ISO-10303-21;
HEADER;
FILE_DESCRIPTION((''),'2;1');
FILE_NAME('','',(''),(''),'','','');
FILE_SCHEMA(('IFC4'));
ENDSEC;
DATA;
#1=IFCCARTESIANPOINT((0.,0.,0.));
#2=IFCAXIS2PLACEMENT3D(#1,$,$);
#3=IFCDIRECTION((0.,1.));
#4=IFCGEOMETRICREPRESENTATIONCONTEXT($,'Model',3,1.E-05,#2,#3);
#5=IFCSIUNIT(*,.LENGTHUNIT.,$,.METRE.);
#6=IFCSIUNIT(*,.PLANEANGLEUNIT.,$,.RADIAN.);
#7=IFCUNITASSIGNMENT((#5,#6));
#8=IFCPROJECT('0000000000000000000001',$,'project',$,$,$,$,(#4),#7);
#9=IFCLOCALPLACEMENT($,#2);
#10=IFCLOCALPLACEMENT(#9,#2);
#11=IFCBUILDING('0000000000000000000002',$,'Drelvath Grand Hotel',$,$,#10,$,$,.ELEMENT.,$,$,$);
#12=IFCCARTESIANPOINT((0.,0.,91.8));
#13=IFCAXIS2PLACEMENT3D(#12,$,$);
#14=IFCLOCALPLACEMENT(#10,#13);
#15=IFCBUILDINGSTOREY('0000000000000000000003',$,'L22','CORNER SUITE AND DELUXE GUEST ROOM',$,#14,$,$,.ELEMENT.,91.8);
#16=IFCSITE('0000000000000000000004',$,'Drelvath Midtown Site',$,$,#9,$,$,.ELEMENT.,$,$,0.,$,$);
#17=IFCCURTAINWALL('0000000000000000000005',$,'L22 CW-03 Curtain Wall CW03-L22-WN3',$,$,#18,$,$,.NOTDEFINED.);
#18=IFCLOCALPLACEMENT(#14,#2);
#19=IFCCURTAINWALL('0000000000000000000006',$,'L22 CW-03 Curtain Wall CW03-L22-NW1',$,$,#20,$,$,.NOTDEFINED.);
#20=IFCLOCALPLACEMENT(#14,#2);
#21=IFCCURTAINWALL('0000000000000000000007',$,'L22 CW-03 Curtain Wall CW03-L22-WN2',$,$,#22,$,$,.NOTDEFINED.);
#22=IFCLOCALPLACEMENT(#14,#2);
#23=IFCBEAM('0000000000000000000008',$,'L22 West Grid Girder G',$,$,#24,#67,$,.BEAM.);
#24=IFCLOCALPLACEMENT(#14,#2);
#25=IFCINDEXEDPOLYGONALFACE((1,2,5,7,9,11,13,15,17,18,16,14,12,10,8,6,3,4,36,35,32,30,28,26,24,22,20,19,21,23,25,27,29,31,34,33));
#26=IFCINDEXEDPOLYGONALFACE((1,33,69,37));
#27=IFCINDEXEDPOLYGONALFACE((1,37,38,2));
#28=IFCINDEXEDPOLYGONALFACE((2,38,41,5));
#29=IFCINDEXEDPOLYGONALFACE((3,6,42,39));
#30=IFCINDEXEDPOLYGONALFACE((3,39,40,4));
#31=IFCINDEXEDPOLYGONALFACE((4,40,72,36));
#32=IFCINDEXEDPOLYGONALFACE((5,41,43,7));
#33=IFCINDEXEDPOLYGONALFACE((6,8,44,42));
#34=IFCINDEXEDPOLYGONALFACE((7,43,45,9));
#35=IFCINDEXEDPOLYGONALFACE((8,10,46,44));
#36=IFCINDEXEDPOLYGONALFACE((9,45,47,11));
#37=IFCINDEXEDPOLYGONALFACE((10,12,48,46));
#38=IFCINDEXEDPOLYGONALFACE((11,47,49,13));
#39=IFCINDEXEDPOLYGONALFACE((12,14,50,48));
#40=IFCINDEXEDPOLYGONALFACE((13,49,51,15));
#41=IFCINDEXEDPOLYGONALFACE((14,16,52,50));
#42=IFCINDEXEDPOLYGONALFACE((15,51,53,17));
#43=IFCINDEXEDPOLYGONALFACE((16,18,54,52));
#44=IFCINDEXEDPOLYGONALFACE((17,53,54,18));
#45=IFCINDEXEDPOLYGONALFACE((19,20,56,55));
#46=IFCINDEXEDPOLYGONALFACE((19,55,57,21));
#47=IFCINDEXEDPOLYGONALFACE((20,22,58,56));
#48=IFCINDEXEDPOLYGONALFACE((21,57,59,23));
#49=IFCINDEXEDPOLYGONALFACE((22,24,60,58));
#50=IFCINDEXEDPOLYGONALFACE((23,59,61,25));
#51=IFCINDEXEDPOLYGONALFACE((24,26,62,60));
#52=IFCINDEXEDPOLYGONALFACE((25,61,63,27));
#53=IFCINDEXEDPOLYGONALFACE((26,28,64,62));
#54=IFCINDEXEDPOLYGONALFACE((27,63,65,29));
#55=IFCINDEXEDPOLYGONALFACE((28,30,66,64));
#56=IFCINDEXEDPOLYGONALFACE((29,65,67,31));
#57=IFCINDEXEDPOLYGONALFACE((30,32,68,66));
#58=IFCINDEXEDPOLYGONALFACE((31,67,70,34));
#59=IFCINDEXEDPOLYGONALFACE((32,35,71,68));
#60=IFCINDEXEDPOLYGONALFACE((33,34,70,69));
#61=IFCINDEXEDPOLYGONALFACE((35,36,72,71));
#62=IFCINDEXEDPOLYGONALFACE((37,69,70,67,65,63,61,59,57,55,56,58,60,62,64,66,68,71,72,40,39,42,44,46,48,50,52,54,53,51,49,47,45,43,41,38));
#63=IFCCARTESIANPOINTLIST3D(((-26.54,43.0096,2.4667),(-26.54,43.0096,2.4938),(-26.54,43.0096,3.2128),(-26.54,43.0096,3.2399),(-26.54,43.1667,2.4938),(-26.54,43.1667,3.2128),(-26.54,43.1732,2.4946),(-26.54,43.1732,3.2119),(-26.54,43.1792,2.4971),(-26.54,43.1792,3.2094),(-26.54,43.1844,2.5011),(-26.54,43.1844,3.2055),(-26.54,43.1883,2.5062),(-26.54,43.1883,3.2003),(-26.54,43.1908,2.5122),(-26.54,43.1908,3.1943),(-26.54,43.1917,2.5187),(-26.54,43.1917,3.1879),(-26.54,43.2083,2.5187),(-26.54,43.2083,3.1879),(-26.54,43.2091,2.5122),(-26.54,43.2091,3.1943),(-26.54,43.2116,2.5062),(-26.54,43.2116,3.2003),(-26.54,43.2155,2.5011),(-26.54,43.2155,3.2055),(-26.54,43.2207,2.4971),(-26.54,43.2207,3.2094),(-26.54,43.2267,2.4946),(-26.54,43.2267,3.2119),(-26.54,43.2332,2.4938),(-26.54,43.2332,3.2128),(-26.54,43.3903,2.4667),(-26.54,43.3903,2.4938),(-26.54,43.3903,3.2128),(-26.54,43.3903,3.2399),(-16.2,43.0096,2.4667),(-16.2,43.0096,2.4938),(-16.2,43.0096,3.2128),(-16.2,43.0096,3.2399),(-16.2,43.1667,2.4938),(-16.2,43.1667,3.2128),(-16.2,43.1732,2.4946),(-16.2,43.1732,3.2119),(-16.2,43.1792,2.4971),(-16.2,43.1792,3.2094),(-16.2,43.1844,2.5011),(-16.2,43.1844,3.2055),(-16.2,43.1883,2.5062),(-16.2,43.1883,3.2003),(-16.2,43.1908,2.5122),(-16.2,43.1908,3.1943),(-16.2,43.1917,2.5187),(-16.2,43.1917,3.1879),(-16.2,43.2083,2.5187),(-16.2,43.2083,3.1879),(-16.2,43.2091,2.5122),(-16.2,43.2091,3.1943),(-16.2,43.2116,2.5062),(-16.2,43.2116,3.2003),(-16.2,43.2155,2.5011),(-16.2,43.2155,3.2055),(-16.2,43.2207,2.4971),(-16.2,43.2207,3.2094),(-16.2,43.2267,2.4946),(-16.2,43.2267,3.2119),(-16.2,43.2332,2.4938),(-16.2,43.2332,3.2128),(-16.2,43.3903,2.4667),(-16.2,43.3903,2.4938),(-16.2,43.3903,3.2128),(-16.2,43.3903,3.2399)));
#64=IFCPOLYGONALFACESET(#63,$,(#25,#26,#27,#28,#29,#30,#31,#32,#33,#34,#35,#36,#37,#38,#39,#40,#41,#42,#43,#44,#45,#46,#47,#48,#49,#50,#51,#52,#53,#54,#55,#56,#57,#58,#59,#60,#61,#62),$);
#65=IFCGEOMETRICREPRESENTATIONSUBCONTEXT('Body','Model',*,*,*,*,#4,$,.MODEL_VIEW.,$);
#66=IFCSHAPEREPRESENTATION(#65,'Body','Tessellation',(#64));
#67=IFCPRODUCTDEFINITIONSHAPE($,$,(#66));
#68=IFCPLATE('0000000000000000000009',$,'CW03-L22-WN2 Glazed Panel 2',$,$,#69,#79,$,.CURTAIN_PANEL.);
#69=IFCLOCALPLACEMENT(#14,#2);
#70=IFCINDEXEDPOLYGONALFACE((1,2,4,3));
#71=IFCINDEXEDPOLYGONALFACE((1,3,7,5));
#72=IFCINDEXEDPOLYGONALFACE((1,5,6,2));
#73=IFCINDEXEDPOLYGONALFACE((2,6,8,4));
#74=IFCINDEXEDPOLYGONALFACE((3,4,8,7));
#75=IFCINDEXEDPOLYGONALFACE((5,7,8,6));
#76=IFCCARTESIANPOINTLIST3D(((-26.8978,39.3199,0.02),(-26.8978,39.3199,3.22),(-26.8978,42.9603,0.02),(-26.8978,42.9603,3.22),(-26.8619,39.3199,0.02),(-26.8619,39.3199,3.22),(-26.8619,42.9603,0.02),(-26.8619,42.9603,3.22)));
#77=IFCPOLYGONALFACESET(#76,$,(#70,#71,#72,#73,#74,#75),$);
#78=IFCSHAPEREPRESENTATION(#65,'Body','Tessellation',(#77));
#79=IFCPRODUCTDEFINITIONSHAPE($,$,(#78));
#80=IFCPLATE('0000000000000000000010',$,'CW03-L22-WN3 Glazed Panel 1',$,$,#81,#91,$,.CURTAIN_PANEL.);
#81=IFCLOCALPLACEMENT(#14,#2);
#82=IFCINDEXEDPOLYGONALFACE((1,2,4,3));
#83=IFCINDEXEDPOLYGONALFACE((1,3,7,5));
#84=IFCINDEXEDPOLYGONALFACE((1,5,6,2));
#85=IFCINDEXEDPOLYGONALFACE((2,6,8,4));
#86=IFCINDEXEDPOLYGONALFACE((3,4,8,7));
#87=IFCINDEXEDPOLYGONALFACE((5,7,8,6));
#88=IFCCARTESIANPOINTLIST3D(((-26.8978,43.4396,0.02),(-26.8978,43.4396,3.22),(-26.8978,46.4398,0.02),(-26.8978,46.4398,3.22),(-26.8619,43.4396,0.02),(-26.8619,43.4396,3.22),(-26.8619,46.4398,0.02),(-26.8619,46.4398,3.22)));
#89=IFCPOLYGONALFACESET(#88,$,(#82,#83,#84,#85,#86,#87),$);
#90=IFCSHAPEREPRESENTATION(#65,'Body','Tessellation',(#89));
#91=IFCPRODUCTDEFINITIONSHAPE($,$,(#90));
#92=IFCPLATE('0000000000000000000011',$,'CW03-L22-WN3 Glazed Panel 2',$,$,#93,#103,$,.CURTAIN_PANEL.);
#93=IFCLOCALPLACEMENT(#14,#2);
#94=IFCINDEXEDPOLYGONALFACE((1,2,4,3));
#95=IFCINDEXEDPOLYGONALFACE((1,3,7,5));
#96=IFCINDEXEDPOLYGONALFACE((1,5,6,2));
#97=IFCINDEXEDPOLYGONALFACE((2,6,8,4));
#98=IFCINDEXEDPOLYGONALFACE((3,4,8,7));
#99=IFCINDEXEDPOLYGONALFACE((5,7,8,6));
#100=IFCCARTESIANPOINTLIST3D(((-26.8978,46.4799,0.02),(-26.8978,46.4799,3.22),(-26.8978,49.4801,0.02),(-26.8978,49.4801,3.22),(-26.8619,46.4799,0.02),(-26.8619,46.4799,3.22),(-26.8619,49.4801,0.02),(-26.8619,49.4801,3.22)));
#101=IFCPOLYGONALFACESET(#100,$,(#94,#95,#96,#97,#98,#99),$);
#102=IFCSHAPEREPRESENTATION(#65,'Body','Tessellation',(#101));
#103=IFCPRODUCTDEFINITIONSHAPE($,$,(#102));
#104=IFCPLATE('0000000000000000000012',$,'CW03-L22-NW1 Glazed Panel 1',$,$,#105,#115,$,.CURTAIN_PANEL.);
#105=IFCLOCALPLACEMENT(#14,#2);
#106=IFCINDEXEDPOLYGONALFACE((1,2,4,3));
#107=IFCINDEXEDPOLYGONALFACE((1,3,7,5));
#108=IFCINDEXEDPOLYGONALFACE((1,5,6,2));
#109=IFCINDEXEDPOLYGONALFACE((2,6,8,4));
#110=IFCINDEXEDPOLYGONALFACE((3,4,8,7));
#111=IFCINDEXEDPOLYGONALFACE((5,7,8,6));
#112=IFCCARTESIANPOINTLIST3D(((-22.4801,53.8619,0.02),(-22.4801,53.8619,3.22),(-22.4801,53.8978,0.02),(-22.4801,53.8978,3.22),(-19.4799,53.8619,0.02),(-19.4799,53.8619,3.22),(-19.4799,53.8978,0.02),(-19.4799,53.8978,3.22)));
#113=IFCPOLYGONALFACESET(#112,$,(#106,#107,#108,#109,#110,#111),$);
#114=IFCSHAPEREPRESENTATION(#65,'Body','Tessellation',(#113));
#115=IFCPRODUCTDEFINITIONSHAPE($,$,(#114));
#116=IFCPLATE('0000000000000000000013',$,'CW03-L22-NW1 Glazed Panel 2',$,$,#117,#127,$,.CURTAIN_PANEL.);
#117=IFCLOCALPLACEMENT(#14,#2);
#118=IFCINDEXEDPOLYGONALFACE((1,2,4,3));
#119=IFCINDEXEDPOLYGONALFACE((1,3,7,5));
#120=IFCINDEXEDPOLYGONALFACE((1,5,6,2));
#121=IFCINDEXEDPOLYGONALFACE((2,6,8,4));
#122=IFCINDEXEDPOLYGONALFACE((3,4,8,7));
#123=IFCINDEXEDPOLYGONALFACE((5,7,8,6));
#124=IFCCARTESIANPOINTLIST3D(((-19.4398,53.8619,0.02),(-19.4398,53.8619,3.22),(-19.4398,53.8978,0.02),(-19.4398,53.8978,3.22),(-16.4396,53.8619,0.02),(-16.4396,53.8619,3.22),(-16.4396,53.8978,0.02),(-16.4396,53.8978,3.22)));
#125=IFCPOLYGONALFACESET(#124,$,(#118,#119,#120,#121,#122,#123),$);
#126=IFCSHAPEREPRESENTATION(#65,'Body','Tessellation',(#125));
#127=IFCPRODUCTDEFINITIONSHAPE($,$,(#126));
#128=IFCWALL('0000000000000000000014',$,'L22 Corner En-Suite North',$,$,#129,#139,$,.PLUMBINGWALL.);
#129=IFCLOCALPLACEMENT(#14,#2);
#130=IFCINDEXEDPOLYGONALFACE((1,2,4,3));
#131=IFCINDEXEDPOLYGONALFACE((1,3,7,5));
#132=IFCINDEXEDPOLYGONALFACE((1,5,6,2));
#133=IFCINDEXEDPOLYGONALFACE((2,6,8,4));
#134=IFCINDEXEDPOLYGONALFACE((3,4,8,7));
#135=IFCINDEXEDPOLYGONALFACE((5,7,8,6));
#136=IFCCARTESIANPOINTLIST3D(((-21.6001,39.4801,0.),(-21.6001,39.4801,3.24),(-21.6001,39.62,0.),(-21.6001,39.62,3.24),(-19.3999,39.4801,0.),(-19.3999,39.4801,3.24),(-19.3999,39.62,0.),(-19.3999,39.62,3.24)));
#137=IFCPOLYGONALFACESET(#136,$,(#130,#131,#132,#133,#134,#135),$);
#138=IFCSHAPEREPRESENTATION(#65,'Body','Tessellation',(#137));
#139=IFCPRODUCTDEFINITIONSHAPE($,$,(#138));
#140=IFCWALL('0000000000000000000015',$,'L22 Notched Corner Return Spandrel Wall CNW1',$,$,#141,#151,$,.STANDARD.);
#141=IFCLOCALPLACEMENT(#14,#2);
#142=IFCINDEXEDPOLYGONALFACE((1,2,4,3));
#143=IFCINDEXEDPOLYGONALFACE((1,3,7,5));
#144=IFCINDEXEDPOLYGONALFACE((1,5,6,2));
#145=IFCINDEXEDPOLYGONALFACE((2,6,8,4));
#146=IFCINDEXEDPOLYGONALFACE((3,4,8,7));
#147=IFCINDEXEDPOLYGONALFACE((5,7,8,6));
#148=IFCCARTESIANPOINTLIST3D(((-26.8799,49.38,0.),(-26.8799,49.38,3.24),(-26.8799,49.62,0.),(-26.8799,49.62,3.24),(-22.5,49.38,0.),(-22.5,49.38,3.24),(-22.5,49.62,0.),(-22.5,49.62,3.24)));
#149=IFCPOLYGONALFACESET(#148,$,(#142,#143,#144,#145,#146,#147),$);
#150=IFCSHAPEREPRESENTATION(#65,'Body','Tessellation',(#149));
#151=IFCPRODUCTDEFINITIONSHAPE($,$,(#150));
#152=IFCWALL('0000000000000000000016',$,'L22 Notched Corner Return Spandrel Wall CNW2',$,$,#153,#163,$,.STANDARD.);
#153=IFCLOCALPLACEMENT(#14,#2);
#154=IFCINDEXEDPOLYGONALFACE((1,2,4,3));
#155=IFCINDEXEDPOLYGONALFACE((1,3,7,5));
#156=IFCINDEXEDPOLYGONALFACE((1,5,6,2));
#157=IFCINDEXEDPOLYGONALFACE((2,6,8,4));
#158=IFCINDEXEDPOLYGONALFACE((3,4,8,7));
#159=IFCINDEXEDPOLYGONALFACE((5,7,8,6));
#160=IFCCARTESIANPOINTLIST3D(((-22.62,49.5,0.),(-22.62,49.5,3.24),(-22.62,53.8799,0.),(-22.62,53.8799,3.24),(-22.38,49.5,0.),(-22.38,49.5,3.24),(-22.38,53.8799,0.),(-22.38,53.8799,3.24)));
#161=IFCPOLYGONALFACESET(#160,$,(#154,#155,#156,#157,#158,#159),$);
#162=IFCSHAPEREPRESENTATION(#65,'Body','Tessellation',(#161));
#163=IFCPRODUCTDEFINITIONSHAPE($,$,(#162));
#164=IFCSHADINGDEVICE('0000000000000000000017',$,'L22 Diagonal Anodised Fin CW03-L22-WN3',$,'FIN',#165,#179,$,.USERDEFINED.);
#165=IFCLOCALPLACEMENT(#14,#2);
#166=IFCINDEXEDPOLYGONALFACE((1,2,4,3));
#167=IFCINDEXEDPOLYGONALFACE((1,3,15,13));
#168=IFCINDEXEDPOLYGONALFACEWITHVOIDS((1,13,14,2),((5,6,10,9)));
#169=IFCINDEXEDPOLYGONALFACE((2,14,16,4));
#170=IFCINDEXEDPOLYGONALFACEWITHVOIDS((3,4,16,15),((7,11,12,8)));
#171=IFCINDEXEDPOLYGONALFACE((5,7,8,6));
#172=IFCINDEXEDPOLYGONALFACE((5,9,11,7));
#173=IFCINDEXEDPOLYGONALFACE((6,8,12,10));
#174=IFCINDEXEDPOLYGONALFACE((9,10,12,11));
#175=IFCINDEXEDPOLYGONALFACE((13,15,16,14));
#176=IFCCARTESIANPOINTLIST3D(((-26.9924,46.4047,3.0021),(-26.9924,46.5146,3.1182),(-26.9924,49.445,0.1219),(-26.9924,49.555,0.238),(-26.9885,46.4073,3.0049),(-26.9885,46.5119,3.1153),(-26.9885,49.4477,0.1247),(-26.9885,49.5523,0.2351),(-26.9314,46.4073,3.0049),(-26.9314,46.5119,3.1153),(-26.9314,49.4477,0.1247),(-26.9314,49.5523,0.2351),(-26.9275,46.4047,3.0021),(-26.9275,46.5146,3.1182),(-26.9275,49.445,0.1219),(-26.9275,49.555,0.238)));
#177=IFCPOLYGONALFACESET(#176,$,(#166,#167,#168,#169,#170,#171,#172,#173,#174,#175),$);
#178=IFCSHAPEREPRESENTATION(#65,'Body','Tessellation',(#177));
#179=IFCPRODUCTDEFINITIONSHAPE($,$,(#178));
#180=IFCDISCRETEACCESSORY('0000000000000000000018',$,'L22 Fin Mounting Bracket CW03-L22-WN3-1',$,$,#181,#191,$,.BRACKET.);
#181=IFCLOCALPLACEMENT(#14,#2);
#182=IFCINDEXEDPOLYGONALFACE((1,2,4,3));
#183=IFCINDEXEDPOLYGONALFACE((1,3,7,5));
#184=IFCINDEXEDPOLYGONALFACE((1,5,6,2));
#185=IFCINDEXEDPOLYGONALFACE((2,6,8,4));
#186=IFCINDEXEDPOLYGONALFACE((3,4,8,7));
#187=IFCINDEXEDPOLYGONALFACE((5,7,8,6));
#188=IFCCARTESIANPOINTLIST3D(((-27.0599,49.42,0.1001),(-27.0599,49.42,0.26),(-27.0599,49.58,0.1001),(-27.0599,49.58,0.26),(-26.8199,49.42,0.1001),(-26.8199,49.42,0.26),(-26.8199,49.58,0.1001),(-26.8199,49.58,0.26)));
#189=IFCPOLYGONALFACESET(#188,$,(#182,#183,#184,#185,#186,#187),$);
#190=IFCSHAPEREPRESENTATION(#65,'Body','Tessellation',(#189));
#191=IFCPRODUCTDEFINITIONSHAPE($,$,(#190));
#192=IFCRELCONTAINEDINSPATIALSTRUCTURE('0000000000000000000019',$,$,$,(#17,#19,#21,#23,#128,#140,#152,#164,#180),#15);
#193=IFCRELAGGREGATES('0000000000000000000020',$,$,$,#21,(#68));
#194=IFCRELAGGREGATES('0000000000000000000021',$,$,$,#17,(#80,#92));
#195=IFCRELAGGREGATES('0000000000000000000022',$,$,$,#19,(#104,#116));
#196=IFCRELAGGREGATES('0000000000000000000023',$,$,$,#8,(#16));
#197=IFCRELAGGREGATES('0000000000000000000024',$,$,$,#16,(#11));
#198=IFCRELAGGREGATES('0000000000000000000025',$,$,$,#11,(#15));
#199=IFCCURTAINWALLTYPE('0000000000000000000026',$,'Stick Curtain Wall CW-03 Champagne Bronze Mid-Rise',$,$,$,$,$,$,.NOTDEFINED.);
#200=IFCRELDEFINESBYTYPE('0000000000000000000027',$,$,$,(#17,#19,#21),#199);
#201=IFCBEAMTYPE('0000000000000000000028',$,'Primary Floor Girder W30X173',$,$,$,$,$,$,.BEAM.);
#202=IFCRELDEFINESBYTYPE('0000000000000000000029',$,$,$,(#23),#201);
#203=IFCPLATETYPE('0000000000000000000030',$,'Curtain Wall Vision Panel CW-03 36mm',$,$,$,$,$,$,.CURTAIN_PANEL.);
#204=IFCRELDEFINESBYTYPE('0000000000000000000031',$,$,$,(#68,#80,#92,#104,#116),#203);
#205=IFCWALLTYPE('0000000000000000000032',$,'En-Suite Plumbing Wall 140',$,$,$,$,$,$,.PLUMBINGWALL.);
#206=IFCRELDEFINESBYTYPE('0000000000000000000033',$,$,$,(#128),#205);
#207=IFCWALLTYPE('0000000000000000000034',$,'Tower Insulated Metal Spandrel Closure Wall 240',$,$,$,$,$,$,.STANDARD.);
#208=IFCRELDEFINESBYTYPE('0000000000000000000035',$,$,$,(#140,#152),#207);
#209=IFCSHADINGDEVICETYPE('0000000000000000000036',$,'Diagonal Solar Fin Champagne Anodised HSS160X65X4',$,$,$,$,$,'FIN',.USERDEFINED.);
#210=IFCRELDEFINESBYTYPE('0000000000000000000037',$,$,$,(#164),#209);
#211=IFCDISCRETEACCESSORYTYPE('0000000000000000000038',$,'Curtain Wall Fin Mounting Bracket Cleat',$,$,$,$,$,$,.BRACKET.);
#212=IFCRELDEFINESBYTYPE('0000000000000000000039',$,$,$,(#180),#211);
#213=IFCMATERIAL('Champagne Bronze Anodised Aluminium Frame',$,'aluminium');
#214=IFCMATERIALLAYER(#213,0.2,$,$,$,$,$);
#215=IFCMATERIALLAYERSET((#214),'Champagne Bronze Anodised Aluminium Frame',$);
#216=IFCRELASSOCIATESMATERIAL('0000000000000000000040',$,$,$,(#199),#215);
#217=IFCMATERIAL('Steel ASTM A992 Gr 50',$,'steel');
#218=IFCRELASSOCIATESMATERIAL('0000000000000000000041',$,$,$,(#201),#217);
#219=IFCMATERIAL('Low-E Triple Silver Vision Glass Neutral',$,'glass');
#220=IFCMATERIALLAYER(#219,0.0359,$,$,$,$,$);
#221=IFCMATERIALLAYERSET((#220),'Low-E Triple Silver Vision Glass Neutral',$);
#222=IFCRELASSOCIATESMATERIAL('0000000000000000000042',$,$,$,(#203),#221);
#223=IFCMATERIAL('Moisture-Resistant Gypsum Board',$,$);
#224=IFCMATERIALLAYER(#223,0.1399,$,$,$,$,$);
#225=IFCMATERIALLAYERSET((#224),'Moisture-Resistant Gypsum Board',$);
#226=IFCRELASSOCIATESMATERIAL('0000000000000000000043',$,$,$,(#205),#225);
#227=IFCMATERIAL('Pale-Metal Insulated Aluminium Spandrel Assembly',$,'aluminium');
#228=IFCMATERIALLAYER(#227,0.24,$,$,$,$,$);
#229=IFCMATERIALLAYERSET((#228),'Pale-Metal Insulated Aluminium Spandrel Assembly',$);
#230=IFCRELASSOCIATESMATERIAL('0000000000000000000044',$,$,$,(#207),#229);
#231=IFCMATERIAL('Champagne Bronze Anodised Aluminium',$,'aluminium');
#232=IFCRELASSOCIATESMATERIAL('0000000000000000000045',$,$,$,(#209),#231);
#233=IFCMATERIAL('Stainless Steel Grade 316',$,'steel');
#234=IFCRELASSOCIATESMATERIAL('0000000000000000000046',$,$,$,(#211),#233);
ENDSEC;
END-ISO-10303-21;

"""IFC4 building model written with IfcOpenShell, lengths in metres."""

from ifc_helpers import new_model, si_unit, direction, frame, frame_2d, origin, origin_2d, place, context, subcontext, project, spatial, rectangle, hollow_rectangle, i_section, extrude, material, layer, layer_set, material_profile, profile_set, type_object, element, aggregate, save


model = new_model("IFC4")

# Units and contexts
model_context = context("Model", 3, precision=1e-05, world=origin(), true_north=direction((0.0, 1.0)))
body_context = subcontext(model_context, "Body", "Model", "MODEL_VIEW")
ifc_project = project(units=[si_unit("LENGTHUNIT", "METRE"), si_unit("PLANEANGLEUNIT", "RADIAN")], contexts=[model_context])

# Site, building, storey
site_placement = place(None, origin())
site = spatial("IfcSite", under=ifc_project, at=site_placement, Name="Drelvath Midtown Site", CompositionType="ELEMENT", RefElevation=0.0)
building_placement = place(site_placement, origin())
building = spatial("IfcBuilding", under=site, at=building_placement, Name="Drelvath Grand Hotel", CompositionType="ELEMENT")
storey_placement = place(building_placement, frame((0.0, 0.0, 91.8)))
storey = spatial("IfcBuildingStorey", under=building, at=storey_placement, Name="L22", Description="CORNER SUITE AND DELUXE GUEST ROOM", CompositionType="ELEMENT", Elevation=91.8)

# Shared definitions
ifc_material_1 = material(Name="Steel ASTM A992 Gr 50", Category="steel")

# Curtain walls
ifc_material_2 = material(Name="Champagne Bronze Anodised Aluminium Frame", Category="aluminium")
ifc_layer_1 = layer(ifc_material_2, 0.2)
ifc_layer_set_1 = layer_set([ifc_layer_1], Name="Champagne Bronze Anodised Aluminium Frame")
curtain_wall_type = type_object("IfcCurtainWallType", Name="Stick Curtain Wall CW-03 Champagne Bronze Mid-Rise", PredefinedType="NOTDEFINED", material=ifc_layer_set_1)
curtain_wall_1_placement = place(storey_placement, origin())
curtain_wall_1 = element("IfcCurtainWall", 1, at=curtain_wall_1_placement, inside=storey, type_object=curtain_wall_type, Name="L22 CW-03 Curtain Wall CW03-L22-WN3", PredefinedType="NOTDEFINED")
curtain_wall_2_placement = place(storey_placement, origin())
curtain_wall_2 = element("IfcCurtainWall", 2, at=curtain_wall_2_placement, inside=storey, type_object=curtain_wall_type, Name="L22 CW-03 Curtain Wall CW03-L22-NW1", PredefinedType="NOTDEFINED")

# Curtain wall
curtain_wall_3_placement = place(storey_placement, origin())
curtain_wall_3 = element("IfcCurtainWall", 3, at=curtain_wall_3_placement, inside=storey, type_object=curtain_wall_type, Name="L22 CW-03 Curtain Wall CW03-L22-WN2", PredefinedType="NOTDEFINED")

# Beam
ifc_material_profile_1 = material_profile(ifc_material_1, i_section(OverallWidth=0.3806, OverallDepth=0.7732, WebThickness=0.0166, FlangeThickness=0.0271, FilletRadius=0.0249, at=origin_2d()), Name="W30X173")
ifc_profile_set_1 = profile_set([ifc_material_profile_1], Name="Steel ASTM A992 Gr 50")
beam_type_1 = type_object("IfcBeamType", Name="Primary Floor Girder W30X173", PredefinedType="BEAM", material=ifc_profile_set_1)
beam_1_placement = place(storey_placement, frame((-26.54, 43.2, 2.8533), z_axis=(1.0, 0.0, 0.0), x_axis=(0.0, 1.0, 0.0)))
element("IfcBeam", 4, at=beam_1_placement, inside=storey, type_object=beam_type_1, Name="L22 West Grid Girder G", PredefinedType="BEAM", context=body_context, shape_type="SweptSolid", body=[
    extrude(i_section(OverallWidth=0.3806, OverallDepth=0.7732, WebThickness=0.0166, FlangeThickness=0.0271, FilletRadius=0.0249, at=origin_2d()), origin(), (0.0, 0.0, 1.0), 10.3401),
])

# Plates
ifc_material_3 = material(Name="Low-E Triple Silver Vision Glass Neutral", Category="glass")
ifc_layer_2 = layer(ifc_material_3, 0.0359)
ifc_layer_set_2 = layer_set([ifc_layer_2], Name="Low-E Triple Silver Vision Glass Neutral")
plate_type = type_object("IfcPlateType", Name="Curtain Wall Vision Panel CW-03 36mm", PredefinedType="CURTAIN_PANEL", material=ifc_layer_set_2)
plate_1_placement = place(storey_placement, frame((-26.8799, 41.1401, 0.02), z_axis=(0.0, 0.0, 1.0), x_axis=(0.0, 1.0, 0.0)))
plate_1 = element("IfcPlate", 5, at=plate_1_placement, type_object=plate_type, Name="CW03-L22-WN2 Glazed Panel 2", PredefinedType="CURTAIN_PANEL", context=body_context, shape_type="SweptSolid", body=[
    extrude(rectangle(XDim=3.6404, YDim=0.0359, at=origin_2d()), origin(), (0.0, 0.0, 1.0), 3.2),
])
aggregate(curtain_wall_3, [plate_1])
plate_2_placement = place(storey_placement, frame((-26.8799, 44.9397, 0.02), z_axis=(0.0, 0.0, 1.0), x_axis=(0.0, 1.0, 0.0)))
plate_2 = element("IfcPlate", 6, at=plate_2_placement, type_object=plate_type, Name="CW03-L22-WN3 Glazed Panel 1", PredefinedType="CURTAIN_PANEL", context=body_context, shape_type="SweptSolid", body=[
    extrude(rectangle(XDim=3.0002, YDim=0.0359, at=origin_2d()), origin(), (0.0, 0.0, 1.0), 3.2),
])
plate_3_placement = place(storey_placement, frame((-26.8799, 47.98, 0.02), z_axis=(0.0, 0.0, 1.0), x_axis=(0.0, 1.0, 0.0)))
plate_3 = element("IfcPlate", 7, at=plate_3_placement, type_object=plate_type, Name="CW03-L22-WN3 Glazed Panel 2", PredefinedType="CURTAIN_PANEL", context=body_context, shape_type="SweptSolid", body=[
    extrude(rectangle(XDim=3.0002, YDim=0.0359, at=origin_2d()), origin(), (0.0, 0.0, 1.0), 3.2),
])
aggregate(curtain_wall_1, [plate_2, plate_3])
plate_4_placement = place(storey_placement, frame((-20.98, 53.8799, 0.02), z_axis=(0.0, 0.0, 1.0), x_axis=(1.0, 0.0, 0.0)))
plate_4 = element("IfcPlate", 8, at=plate_4_placement, type_object=plate_type, Name="CW03-L22-NW1 Glazed Panel 1", PredefinedType="CURTAIN_PANEL", context=body_context, shape_type="SweptSolid", body=[
    extrude(rectangle(XDim=3.0002, YDim=0.0359, at=origin_2d()), origin(), (0.0, 0.0, 1.0), 3.2),
])
plate_5_placement = place(storey_placement, frame((-17.9397, 53.8799, 0.02), z_axis=(0.0, 0.0, 1.0), x_axis=(1.0, 0.0, 0.0)))
plate_5 = element("IfcPlate", 9, at=plate_5_placement, type_object=plate_type, Name="CW03-L22-NW1 Glazed Panel 2", PredefinedType="CURTAIN_PANEL", context=body_context, shape_type="SweptSolid", body=[
    extrude(rectangle(XDim=3.0002, YDim=0.0359, at=origin_2d()), origin(), (0.0, 0.0, 1.0), 3.2),
])
aggregate(curtain_wall_2, [plate_4, plate_5])

# Walls
ifc_material_4 = material(Name="Moisture-Resistant Gypsum Board")
ifc_layer_3 = layer(ifc_material_4, 0.1399)
ifc_layer_set_3 = layer_set([ifc_layer_3], Name="Moisture-Resistant Gypsum Board")
wall_type_1 = type_object("IfcWallType", Name="En-Suite Plumbing Wall 140", PredefinedType="PLUMBINGWALL", material=ifc_layer_set_3)
wall_placement = place(storey_placement, frame((-21.6001, 39.55, 0.0), z_axis=(0.0, 0.0, 1.0), x_axis=(1.0, 0.0, 0.0)))
element("IfcWall", 10, at=wall_placement, inside=storey, type_object=wall_type_1, Name="L22 Corner En-Suite North", PredefinedType="PLUMBINGWALL", context=body_context, shape_type="SweptSolid", body=[
    extrude(rectangle(XDim=2.2002, YDim=0.1399, at=frame_2d((1.1001, 0.0))), origin(), (0.0, 0.0, 1.0), 3.24),
])
ifc_material_5 = material(Name="Pale-Metal Insulated Aluminium Spandrel Assembly", Category="aluminium")
ifc_layer_4 = layer(ifc_material_5, 0.24)
ifc_layer_set_4 = layer_set([ifc_layer_4], Name="Pale-Metal Insulated Aluminium Spandrel Assembly")
wall_type_2 = type_object("IfcWallType", Name="Tower Insulated Metal Spandrel Closure Wall 240", PredefinedType="STANDARD", material=ifc_layer_set_4)
for number, where, z_axis, x_axis, name in (
    (11, (-26.8799, 49.5, 0.0), (0.0, 0.0, 1.0), (1.0, 0.0, 0.0), "L22 Notched Corner Return Spandrel Wall CNW1"),
    (12, (-22.5, 49.5, 0.0), (0.0, 0.0, 1.0), (0.0, 1.0, 0.0), "L22 Notched Corner Return Spandrel Wall CNW2"),
):
    element("IfcWall", number, at=place(storey_placement, frame(where, z_axis=z_axis, x_axis=x_axis)), inside=storey, type_object=wall_type_2, Name=name, PredefinedType="STANDARD", context=body_context, shape_type="SweptSolid", body=[
        extrude(rectangle(XDim=4.3799, YDim=0.24, at=frame_2d((2.1899, 0.0))), origin(), (0.0, 0.0, 1.0), 3.24),
    ])

# Shading device
ifc_material_6 = material(Name="Champagne Bronze Anodised Aluminium", Category="aluminium")
ifc_material_profile_2 = material_profile(ifc_material_6, hollow_rectangle(XDim=0.0649, YDim=0.1599, WallThickness=0.0039, at=origin_2d()), Name="HSS160X65X4")
ifc_profile_set_2 = profile_set([ifc_material_profile_2], Name="Champagne Bronze Anodised Aluminium")
shading_device_type = type_object("IfcShadingDeviceType", Name="Diagonal Solar Fin Champagne Anodised HSS160X65X4", ElementType="FIN", PredefinedType="USERDEFINED", material=ifc_profile_set_2)
shading_device_placement = place(storey_placement, frame((-26.96, 49.5, 0.1799), z_axis=(0.0, -0.72597, 0.687727), x_axis=(1.0, 0.0, 0.0)))
element("IfcShadingDevice", 13, at=shading_device_placement, inside=storey, type_object=shading_device_type, Name="L22 Diagonal Anodised Fin CW03-L22-WN3", ObjectType="FIN", PredefinedType="USERDEFINED", context=body_context, shape_type="SweptSolid", body=[
    extrude(hollow_rectangle(XDim=0.0649, YDim=0.1599, WallThickness=0.0039, at=origin_2d()), origin(), (0.0, 0.0, 1.0), 4.188),
])

# Discrete accessory
ifc_material_7 = material(Name="Stainless Steel Grade 316", Category="steel")
discrete_accessory_type = type_object("IfcDiscreteAccessoryType", Name="Curtain Wall Fin Mounting Bracket Cleat", PredefinedType="BRACKET", material=ifc_material_7)
discrete_accessory_placement = place(storey_placement, frame((-26.9399, 49.5, 0.1001), z_axis=(0.0, 0.0, 1.0), x_axis=(0.0, 1.0, 0.0)))
element("IfcDiscreteAccessory", 14, at=discrete_accessory_placement, inside=storey, type_object=discrete_accessory_type, Name="L22 Fin Mounting Bracket CW03-L22-WN3-1", PredefinedType="BRACKET", context=body_context, shape_type="SweptSolid", body=[
    extrude(rectangle(XDim=0.1599, YDim=0.24, at=origin_2d()), origin(), (0.0, 0.0, 1.0), 0.1599),
])

save(model, "model.ifc")
